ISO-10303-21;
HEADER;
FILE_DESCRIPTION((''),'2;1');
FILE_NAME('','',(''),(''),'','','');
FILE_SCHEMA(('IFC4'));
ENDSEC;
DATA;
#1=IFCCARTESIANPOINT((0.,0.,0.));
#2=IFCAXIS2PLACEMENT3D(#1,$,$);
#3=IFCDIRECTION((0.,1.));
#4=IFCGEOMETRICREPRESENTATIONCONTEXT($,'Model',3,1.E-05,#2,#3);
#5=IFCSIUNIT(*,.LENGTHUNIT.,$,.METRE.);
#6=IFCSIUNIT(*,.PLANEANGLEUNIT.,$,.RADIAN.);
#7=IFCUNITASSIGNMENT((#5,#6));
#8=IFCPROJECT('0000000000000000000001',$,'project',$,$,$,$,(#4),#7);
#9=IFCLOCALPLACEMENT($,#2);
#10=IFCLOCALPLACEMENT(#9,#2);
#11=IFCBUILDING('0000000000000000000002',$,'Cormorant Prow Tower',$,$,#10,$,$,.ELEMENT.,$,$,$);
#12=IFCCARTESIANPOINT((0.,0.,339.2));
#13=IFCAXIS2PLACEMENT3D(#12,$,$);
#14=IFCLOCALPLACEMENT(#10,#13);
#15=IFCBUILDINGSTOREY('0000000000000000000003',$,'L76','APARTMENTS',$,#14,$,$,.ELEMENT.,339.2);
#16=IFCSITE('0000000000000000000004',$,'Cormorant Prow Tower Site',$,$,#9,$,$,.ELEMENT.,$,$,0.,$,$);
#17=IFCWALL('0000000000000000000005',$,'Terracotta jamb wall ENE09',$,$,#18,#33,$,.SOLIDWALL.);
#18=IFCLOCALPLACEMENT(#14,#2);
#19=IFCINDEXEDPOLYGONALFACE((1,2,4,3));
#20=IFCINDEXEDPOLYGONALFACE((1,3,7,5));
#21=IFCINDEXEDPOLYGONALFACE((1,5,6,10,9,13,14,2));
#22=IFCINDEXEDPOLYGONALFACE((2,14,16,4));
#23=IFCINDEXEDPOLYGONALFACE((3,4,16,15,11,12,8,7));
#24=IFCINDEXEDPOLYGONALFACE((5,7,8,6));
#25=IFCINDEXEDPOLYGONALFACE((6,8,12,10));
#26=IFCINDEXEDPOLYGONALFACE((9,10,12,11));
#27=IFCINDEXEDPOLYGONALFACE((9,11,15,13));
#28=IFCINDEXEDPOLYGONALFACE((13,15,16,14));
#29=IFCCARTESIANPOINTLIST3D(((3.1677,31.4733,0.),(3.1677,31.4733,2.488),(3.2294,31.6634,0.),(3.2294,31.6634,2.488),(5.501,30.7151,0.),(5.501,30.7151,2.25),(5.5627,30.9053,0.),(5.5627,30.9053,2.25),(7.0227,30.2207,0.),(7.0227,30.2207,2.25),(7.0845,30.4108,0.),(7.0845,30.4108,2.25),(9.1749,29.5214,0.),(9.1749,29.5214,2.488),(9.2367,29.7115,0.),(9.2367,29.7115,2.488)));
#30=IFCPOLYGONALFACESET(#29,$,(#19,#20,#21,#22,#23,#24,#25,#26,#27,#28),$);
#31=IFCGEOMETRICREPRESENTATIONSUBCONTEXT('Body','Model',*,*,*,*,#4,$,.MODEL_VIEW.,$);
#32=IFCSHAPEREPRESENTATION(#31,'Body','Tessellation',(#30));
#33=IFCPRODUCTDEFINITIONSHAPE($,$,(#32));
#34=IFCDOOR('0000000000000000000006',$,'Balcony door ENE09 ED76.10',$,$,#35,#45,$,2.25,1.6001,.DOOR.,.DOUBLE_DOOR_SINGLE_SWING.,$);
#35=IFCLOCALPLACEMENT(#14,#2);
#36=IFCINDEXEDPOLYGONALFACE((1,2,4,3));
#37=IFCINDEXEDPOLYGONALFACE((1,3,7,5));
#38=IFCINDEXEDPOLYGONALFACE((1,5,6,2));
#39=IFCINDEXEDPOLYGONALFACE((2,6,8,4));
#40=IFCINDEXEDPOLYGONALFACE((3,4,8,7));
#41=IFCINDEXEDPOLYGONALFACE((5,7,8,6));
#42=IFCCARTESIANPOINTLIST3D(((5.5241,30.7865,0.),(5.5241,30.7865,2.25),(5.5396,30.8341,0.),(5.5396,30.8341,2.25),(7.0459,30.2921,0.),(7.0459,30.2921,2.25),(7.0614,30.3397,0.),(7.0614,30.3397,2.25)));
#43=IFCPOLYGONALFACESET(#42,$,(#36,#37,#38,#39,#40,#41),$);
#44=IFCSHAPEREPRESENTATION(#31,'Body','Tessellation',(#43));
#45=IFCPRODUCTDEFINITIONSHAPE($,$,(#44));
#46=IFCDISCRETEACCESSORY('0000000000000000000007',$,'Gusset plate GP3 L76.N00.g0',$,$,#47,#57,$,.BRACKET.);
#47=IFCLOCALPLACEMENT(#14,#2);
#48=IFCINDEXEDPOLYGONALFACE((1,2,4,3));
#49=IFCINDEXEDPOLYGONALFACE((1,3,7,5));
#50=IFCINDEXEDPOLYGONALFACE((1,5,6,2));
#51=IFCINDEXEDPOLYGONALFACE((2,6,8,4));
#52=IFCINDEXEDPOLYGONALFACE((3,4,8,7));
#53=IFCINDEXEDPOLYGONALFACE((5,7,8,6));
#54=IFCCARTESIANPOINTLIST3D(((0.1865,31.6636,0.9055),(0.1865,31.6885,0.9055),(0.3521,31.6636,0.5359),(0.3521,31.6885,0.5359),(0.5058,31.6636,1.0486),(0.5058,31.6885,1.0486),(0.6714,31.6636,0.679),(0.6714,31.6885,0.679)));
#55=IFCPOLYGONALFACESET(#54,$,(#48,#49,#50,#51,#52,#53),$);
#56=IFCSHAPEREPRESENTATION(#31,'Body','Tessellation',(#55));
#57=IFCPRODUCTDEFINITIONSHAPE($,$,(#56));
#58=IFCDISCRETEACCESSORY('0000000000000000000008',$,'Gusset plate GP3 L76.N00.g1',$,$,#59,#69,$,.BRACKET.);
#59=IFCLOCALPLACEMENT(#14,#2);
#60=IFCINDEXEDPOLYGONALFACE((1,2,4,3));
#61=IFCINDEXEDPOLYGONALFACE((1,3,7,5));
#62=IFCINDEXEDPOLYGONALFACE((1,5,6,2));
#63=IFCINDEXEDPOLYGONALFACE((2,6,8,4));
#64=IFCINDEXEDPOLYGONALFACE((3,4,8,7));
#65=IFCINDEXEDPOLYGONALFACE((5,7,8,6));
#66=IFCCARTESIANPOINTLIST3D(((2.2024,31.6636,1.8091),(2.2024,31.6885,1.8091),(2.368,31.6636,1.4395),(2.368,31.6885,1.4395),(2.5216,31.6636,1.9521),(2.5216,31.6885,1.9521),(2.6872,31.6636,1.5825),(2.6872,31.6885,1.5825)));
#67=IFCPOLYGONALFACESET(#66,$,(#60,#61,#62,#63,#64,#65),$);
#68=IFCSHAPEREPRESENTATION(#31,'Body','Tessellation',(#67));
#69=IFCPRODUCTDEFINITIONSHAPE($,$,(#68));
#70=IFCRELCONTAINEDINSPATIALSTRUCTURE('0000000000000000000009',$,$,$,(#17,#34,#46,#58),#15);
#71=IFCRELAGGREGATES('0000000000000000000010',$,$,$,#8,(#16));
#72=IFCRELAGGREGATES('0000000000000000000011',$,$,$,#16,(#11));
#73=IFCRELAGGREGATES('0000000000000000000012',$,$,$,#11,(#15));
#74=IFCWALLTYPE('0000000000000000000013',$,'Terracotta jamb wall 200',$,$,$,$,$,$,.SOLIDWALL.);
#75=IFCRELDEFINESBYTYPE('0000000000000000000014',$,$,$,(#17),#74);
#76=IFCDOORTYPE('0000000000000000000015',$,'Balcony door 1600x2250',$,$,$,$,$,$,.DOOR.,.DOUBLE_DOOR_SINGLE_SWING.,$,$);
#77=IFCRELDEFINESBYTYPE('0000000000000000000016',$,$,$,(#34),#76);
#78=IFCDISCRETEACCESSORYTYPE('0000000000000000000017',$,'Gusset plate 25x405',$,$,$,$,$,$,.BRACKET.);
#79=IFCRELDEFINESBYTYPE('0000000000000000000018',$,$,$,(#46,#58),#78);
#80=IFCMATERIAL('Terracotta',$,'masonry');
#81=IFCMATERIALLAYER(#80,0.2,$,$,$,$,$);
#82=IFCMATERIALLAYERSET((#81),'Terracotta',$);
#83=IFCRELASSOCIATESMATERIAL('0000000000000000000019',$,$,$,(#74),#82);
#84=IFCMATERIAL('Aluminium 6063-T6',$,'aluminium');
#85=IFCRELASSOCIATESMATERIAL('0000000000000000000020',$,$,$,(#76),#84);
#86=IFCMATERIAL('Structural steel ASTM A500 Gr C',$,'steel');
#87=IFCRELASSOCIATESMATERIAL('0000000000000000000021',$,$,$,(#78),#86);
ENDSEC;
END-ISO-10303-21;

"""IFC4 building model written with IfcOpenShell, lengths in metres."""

from ifc_helpers import new_model, si_unit, direction, frame, frame_2d, origin, origin_2d, place, context, subcontext, project, spatial, rectangle, extrude, material, layer, layer_set, material_profile, profile_set, type_object, element, fill, save


model = new_model("IFC4")

# Units and contexts
model_context = context("Model", 3, precision=1e-05, world=origin(), true_north=direction((0.0, 1.0)))
body_context = subcontext(model_context, "Body", "Model", "MODEL_VIEW")
ifc_project = project(units=[si_unit("LENGTHUNIT", "METRE"), si_unit("PLANEANGLEUNIT", "RADIAN")], contexts=[model_context])

# Site, building, storey
site_placement = place(None, origin())
site = spatial("IfcSite", under=ifc_project, at=site_placement, Name="Cormorant Prow Tower Site", CompositionType="ELEMENT", RefElevation=0.0)
building_placement = place(site_placement, origin())
building = spatial("IfcBuilding", under=site, at=building_placement, Name="Cormorant Prow Tower", CompositionType="ELEMENT")
storey_placement = place(building_placement, frame((0.0, 0.0, 339.2)))
storey = spatial("IfcBuildingStorey", under=building, at=storey_placement, Name="L76", Description="APARTMENTS", CompositionType="ELEMENT", Elevation=339.2)

# Wall, opening, door
ifc_material_1 = material(Name="Terracotta", Category="masonry")
ifc_layer_1 = layer(ifc_material_1, 0.2)
ifc_layer_set_1 = layer_set([ifc_layer_1], Name="Terracotta")
wall_type_1 = type_object("IfcWallType", Name="Terracotta jamb wall 200", PredefinedType="SOLIDWALL", material=ifc_layer_set_1)
ifc_material_2 = material(Name="Aluminium 6063-T6", Category="aluminium")
door_type_1 = type_object("IfcDoorType", Name="Balcony door 1600x2250", OperationType="DOUBLE_DOOR_SINGLE_SWING", PredefinedType="DOOR", material=ifc_material_2)
wall_1_placement = place(storey_placement, frame((9.2058, 29.6165, 0.0), z_axis=(0.0, 0.0, 1.0), x_axis=(-0.951056, 0.309018, 0.0)))
wall_1 = element("IfcWall", 1, at=wall_1_placement, inside=storey, type_object=wall_type_1, Name="Terracotta jamb wall ENE09", PredefinedType="SOLIDWALL", context=body_context, shape_type="SweptSolid", body=[
    extrude(rectangle(XDim=6.3164, YDim=0.2, at=frame_2d((3.1582, 0.0))), origin(), (0.0, 0.0, 1.0), 2.488),
])
opening_1_placement = place(wall_1_placement, frame((2.2629, 0.0, 0.0)))
opening_1 = element("IfcOpeningElement", 2, at=opening_1_placement, cuts=wall_1, PredefinedType="OPENING", context=body_context, shape_type="SweptSolid", body=[
    extrude(rectangle(XDim=1.6001, YDim=2.25, at=frame_2d((0.8, 1.125))), frame((0.0, 0.1099, 0.0), z_axis=(0.0, -1.0, 0.0), x_axis=(1.0, 0.0, 0.0)), (0.0, 0.0, 1.0), 0.22),
])
door_1_placement = place(opening_1_placement, origin())
door_1 = element("IfcDoor", 3, at=door_1_placement, inside=storey, type_object=door_type_1, Name="Balcony door ENE09 ED76.10", OperationType="DOUBLE_DOOR_SINGLE_SWING", OverallHeight=2.25, OverallWidth=1.6001, PredefinedType="DOOR", context=body_context, shape_type="SweptSolid", body=[
    extrude(rectangle(XDim=1.6001, YDim=2.25, at=frame_2d((0.8, 1.125))), frame((0.0, 0.0249, 0.0), z_axis=(0.0, -1.0, 0.0), x_axis=(1.0, 0.0, 0.0)), (0.0, 0.0, 1.0), 0.05),
])
fill(opening_1, door_1)

# Discrete accessories
ifc_material_3 = material(Name="Structural steel ASTM A500 Gr C", Category="steel")
ifc_material_profile_1 = material_profile(ifc_material_3, rectangle(XDim=0.0249, YDim=0.405, at=origin_2d()), Name="Gusset plate 25x405")
ifc_profile_set_1 = profile_set([ifc_material_profile_1], Name="Structural steel ASTM A500 Gr C")
discrete_accessory_type = type_object("IfcDiscreteAccessoryType", Name="Gusset plate 25x405", PredefinedType="BRACKET", material=ifc_profile_set_1)
for number, where, z_axis, x_axis, name in (
    (4, (0.5886, 31.676, 0.8638), (-0.912599, 0.0, -0.408856), (0.0, -1.0, 0.0), "Gusset plate GP3 L76.N00.g0"),
    (5, (2.2852, 31.676, 1.6243), (0.912599, 0.0, 0.408856), (0.0, 1.0, 0.0), "Gusset plate GP3 L76.N00.g1"),
):
    element("IfcDiscreteAccessory", number, at=place(storey_placement, frame(where, z_axis=z_axis, x_axis=x_axis)), inside=storey, type_object=discrete_accessory_type, Name=name, PredefinedType="BRACKET", context=body_context, shape_type="SweptSolid", body=[
        extrude(rectangle(XDim=0.0249, YDim=0.405, at=origin_2d()), origin(), (0.0, 0.0, 1.0), 0.3499),
    ])

save(model, "model.ifc")
